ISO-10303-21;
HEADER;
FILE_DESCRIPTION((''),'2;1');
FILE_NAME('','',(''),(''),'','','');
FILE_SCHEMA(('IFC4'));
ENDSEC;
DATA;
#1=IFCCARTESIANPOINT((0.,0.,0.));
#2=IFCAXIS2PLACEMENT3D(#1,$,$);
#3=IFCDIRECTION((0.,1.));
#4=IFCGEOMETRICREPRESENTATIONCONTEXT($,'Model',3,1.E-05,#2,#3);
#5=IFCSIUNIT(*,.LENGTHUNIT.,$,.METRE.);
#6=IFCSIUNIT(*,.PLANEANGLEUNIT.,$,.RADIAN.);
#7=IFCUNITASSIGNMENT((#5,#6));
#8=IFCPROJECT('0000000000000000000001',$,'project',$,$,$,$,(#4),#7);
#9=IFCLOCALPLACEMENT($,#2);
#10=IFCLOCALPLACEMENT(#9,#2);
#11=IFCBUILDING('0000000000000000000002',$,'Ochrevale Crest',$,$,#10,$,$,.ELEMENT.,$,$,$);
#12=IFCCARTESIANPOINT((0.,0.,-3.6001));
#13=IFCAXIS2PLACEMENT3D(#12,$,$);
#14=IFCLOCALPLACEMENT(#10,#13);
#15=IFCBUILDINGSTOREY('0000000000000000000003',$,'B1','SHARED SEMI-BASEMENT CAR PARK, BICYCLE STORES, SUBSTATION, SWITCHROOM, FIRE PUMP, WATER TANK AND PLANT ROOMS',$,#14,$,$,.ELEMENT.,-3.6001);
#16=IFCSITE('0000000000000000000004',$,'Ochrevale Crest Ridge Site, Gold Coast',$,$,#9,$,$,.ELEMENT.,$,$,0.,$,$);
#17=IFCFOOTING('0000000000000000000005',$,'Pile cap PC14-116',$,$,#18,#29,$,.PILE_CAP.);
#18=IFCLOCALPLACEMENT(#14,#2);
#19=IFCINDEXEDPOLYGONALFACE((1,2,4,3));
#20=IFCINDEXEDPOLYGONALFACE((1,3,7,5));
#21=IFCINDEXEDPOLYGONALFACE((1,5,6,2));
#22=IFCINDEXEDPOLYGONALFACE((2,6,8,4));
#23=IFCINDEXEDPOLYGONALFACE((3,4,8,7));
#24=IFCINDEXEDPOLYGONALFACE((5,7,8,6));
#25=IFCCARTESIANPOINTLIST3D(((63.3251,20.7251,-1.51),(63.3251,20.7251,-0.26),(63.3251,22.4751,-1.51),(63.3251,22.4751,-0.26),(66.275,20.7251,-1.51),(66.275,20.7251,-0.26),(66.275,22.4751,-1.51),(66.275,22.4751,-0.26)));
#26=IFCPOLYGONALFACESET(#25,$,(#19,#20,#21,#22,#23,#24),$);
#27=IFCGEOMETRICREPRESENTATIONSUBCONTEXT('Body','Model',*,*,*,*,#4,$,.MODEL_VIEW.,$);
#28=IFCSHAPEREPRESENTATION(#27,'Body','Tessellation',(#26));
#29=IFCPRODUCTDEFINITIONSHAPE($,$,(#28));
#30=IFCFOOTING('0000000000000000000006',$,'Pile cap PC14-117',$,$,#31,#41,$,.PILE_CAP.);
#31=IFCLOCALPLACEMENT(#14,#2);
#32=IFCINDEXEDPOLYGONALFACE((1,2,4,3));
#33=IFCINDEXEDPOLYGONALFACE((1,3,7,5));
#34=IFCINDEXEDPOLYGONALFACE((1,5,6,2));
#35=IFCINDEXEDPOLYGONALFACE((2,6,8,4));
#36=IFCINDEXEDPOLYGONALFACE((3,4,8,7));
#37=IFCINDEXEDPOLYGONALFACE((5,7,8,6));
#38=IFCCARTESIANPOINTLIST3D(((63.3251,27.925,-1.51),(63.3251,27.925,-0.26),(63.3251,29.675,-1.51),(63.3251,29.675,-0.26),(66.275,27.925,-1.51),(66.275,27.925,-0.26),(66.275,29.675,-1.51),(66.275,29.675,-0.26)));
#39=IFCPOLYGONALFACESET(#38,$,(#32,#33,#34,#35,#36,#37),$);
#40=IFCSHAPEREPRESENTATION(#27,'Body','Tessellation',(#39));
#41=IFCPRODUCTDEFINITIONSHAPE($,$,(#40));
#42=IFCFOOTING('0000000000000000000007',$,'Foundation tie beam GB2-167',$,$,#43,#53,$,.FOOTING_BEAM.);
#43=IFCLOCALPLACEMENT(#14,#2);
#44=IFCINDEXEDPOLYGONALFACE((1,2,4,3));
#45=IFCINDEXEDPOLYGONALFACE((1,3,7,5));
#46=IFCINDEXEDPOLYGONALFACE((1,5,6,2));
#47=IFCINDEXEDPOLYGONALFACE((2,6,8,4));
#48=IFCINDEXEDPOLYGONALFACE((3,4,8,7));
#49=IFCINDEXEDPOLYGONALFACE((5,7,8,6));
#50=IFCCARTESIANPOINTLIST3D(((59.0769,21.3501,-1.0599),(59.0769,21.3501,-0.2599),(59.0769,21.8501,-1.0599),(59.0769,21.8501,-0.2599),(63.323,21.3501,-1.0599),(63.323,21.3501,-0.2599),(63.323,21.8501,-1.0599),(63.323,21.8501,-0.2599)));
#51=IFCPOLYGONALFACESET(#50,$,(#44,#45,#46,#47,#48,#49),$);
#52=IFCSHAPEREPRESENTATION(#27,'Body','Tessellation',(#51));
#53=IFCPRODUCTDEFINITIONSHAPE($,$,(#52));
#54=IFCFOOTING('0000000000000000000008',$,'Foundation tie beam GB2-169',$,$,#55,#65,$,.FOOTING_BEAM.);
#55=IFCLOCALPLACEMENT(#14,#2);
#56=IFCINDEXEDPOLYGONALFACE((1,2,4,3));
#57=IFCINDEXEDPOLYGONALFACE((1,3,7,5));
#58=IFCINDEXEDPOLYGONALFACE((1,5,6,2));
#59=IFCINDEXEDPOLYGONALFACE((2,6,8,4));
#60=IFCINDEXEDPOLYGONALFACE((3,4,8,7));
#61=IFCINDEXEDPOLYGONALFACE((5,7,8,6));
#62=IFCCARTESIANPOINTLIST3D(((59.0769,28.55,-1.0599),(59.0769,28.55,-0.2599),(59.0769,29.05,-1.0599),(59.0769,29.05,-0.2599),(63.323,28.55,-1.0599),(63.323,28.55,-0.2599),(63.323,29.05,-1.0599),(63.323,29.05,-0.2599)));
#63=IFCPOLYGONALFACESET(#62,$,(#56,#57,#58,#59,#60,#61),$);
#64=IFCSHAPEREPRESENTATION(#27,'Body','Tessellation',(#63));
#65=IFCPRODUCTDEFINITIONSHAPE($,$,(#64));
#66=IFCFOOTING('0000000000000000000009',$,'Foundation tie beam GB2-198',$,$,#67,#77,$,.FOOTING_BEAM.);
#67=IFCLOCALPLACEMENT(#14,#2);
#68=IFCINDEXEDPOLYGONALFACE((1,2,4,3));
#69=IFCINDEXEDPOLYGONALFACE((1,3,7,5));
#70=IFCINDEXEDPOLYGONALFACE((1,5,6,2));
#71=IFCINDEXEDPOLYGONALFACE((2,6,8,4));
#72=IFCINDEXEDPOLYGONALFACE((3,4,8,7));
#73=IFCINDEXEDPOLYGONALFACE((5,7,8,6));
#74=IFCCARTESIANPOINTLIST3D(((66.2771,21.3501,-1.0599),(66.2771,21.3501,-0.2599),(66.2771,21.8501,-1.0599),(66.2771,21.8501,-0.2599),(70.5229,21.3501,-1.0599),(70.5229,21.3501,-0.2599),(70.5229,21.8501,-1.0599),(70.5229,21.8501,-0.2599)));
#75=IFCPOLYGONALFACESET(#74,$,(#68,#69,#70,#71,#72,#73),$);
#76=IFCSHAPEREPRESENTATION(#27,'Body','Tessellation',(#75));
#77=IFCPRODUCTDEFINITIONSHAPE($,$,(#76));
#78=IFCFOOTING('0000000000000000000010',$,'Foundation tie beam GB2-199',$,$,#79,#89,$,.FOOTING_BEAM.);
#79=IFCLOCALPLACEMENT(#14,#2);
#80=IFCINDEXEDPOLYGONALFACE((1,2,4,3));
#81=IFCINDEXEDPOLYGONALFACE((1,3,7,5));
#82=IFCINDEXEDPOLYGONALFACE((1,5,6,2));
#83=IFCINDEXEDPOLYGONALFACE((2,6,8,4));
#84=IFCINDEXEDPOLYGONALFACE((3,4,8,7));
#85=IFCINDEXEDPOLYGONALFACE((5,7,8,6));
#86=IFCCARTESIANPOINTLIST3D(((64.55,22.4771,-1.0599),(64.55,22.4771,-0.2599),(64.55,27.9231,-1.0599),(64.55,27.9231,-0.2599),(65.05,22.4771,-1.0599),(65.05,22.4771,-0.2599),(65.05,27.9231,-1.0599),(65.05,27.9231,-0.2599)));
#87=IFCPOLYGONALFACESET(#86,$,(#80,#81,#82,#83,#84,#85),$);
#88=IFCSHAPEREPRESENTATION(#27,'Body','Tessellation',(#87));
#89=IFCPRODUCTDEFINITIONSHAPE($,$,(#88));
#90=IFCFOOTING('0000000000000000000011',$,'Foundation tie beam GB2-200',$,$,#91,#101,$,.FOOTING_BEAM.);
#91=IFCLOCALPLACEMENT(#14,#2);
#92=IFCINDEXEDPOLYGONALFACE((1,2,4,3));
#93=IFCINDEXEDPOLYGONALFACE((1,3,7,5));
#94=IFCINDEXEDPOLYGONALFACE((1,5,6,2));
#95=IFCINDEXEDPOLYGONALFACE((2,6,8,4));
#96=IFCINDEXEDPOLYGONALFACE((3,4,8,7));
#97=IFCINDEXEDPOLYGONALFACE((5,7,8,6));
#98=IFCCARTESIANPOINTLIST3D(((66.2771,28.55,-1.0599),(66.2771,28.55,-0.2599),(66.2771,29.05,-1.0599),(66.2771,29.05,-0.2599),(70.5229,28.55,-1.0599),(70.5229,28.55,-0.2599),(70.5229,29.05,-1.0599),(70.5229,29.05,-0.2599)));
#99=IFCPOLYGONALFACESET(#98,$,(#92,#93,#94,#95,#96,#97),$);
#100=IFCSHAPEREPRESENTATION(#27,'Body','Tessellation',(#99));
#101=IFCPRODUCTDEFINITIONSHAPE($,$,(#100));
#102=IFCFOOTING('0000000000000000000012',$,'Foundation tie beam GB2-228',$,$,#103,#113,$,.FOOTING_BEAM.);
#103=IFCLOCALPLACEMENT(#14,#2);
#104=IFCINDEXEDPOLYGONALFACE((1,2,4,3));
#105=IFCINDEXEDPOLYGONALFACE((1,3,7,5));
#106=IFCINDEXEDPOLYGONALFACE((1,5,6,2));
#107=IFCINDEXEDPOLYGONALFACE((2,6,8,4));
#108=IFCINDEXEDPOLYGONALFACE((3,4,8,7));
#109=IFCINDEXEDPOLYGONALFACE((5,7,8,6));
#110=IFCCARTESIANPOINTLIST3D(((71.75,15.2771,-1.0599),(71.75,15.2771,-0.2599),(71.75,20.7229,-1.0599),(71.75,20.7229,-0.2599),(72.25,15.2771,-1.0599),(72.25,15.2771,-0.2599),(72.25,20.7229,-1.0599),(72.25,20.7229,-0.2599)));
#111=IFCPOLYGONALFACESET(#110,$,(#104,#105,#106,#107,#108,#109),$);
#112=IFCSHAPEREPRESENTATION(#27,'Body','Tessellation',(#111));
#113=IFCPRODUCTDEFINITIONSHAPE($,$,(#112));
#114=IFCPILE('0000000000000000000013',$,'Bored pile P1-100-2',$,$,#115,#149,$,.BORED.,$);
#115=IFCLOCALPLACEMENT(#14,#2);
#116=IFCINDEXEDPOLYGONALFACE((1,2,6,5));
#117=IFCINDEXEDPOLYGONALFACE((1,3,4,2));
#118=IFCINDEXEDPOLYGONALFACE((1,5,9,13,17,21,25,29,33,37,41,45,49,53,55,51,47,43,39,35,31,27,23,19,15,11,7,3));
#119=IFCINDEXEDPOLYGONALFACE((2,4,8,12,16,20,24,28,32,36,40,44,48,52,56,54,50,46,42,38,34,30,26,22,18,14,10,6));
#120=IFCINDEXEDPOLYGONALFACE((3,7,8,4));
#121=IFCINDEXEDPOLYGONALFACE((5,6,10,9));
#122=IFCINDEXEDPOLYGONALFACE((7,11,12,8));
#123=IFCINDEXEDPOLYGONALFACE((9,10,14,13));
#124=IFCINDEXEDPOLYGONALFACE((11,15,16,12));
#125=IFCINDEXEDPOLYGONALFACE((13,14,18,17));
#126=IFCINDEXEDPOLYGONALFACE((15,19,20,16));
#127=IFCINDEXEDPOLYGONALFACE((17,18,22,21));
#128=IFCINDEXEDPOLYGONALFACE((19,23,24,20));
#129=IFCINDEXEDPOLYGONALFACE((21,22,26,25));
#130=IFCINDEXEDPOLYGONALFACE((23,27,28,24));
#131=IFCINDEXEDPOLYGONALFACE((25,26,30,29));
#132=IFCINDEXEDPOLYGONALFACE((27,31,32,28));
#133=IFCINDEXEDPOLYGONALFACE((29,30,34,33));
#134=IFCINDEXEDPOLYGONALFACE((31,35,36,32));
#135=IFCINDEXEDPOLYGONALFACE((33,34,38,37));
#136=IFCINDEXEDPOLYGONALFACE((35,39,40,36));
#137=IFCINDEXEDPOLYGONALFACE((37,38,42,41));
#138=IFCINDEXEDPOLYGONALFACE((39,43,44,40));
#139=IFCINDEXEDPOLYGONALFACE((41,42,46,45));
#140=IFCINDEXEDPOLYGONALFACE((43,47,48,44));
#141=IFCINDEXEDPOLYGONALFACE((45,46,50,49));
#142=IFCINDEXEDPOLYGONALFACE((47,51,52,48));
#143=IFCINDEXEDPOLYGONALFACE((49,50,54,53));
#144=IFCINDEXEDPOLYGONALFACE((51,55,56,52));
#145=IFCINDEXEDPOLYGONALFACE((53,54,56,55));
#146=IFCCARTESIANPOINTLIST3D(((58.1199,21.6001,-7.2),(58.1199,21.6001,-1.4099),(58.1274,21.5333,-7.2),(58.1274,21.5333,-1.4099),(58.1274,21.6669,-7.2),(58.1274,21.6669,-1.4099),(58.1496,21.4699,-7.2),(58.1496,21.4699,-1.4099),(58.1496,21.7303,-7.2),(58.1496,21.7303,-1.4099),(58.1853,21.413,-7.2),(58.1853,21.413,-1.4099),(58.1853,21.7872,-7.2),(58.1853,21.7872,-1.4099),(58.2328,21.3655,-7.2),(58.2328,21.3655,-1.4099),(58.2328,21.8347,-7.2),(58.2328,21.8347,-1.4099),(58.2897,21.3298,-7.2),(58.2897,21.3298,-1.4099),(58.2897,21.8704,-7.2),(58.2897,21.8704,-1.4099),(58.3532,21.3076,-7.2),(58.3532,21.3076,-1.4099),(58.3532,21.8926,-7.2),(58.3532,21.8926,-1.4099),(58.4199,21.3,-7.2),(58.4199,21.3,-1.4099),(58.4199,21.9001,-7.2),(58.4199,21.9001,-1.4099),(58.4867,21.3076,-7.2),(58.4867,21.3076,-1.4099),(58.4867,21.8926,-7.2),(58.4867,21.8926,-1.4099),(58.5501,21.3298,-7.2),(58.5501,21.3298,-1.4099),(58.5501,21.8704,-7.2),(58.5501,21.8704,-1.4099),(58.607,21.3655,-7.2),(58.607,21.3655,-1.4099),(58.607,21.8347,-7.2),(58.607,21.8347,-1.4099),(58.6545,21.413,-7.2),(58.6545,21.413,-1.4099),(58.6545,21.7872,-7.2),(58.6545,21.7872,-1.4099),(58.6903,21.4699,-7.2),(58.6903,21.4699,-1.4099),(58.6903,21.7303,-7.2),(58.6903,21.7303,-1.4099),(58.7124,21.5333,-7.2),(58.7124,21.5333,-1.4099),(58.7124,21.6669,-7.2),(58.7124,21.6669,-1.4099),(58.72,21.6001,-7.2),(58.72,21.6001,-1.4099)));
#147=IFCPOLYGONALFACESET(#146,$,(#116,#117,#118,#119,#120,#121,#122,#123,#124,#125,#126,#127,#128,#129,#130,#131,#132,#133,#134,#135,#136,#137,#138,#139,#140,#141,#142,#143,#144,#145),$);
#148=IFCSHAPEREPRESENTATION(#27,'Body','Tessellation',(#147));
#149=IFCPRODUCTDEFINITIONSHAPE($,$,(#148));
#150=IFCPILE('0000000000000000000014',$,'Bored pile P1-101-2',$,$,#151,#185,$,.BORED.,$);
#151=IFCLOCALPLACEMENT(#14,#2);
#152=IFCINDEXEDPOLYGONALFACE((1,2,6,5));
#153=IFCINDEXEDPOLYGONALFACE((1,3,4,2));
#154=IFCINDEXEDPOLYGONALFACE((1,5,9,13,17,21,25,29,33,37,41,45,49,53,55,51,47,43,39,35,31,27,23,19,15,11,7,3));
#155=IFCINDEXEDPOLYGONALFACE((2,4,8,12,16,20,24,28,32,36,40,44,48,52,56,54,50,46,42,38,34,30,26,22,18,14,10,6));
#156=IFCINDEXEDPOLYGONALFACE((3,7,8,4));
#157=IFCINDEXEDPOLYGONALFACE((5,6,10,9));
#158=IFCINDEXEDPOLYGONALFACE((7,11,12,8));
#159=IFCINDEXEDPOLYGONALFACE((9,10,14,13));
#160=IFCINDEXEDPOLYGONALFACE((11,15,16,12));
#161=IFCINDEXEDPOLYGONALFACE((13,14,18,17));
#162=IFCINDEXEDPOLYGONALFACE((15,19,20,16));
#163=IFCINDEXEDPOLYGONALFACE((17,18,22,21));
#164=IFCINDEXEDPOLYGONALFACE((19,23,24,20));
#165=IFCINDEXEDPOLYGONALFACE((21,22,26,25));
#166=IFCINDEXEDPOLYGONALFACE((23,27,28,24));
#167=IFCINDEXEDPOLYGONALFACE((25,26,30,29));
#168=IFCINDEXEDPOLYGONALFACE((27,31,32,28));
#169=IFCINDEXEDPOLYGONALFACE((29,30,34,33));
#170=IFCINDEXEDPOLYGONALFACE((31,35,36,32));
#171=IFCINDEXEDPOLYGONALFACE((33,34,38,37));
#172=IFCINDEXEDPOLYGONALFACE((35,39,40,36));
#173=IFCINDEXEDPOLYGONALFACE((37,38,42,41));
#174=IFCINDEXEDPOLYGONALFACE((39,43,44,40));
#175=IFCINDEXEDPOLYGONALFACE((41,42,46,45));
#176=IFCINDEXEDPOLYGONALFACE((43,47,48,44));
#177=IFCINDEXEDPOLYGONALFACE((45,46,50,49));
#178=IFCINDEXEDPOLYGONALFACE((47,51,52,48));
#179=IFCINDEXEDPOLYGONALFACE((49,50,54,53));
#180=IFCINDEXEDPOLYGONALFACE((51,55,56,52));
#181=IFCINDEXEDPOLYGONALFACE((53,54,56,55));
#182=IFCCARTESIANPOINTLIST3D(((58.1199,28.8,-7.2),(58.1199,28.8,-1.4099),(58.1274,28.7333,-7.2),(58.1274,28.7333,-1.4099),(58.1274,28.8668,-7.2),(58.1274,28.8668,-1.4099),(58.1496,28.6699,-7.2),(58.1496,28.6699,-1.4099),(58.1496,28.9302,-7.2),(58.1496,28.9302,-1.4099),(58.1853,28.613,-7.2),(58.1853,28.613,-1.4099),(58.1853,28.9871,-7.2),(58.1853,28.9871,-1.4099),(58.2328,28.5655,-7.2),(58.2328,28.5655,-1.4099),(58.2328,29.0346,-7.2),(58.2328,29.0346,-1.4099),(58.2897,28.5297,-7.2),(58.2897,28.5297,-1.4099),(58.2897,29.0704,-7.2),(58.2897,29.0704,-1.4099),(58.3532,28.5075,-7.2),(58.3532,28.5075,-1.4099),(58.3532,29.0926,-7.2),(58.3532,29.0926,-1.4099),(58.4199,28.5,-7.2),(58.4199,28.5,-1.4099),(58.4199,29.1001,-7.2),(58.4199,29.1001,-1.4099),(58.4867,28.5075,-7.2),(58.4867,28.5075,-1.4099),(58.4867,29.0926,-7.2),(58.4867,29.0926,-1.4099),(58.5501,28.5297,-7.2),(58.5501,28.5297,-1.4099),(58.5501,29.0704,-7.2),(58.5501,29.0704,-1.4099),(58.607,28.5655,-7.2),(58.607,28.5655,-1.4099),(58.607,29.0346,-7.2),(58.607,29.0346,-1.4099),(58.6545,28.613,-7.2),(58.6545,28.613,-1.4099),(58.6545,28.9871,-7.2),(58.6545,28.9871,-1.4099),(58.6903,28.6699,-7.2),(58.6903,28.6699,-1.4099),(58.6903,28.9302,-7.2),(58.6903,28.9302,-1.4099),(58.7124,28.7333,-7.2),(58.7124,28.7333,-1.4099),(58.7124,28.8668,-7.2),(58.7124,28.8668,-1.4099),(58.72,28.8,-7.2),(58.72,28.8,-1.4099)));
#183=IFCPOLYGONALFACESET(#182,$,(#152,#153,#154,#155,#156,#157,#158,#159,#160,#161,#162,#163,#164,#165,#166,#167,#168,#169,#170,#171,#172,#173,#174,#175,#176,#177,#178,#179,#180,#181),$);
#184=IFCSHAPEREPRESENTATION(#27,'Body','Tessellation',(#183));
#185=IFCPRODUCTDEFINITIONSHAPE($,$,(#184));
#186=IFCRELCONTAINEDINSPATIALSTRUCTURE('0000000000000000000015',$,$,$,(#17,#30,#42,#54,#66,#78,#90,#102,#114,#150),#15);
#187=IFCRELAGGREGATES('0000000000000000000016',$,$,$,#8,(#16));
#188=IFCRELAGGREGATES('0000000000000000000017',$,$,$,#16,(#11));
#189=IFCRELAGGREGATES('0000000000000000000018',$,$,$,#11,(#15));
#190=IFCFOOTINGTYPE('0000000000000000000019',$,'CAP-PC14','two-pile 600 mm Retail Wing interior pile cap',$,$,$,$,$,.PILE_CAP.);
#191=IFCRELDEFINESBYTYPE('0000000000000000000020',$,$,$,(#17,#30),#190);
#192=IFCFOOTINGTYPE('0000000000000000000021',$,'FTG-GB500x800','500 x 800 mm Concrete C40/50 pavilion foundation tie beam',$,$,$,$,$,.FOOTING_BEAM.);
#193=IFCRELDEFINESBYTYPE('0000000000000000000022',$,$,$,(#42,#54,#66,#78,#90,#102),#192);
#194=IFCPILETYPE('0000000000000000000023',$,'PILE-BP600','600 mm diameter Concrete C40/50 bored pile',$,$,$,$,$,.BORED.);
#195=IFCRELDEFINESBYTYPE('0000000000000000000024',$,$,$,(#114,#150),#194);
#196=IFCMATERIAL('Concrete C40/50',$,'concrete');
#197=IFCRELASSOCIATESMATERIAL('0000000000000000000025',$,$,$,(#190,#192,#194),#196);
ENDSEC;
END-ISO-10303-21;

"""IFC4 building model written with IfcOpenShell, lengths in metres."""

from ifc_helpers import new_model, si_unit, direction, frame, origin, origin_2d, place, context, subcontext, project, spatial, rectangle, circle, extrude, material, material_profile, profile_set, type_object, element, save


model = new_model("IFC4")

# Units and contexts
model_context = context("Model", 3, precision=1e-05, world=origin(), true_north=direction((0.0, 1.0)))
body_context = subcontext(model_context, "Body", "Model", "MODEL_VIEW")
ifc_project = project(units=[si_unit("LENGTHUNIT", "METRE"), si_unit("PLANEANGLEUNIT", "RADIAN")], contexts=[model_context])

# Site, building, storey
site_placement = place(None, origin())
site = spatial("IfcSite", under=ifc_project, at=site_placement, Name="Ochrevale Crest Ridge Site, Gold Coast", CompositionType="ELEMENT", RefElevation=0.0)
building_placement = place(site_placement, origin())
building = spatial("IfcBuilding", under=site, at=building_placement, Name="Ochrevale Crest", CompositionType="ELEMENT")
storey_placement = place(building_placement, frame((0.0, 0.0, -3.6001)))
storey = spatial("IfcBuildingStorey", under=building, at=storey_placement, Name="B1", Description="SHARED SEMI-BASEMENT CAR PARK, BICYCLE STORES, SUBSTATION, SWITCHROOM, FIRE PUMP, WATER TANK AND PLANT ROOMS", CompositionType="ELEMENT", Elevation=-3.6001)

# Footings
ifc_material_1 = material(Name="Concrete C40/50", Category="concrete")
footing_type_1 = type_object("IfcFootingType", Name="CAP-PC14", Description="two-pile 600 mm Retail Wing interior pile cap", PredefinedType="PILE_CAP", material=ifc_material_1)
for number, where, z_axis, x_axis, name in (
    (1, (64.8, 21.6001, -1.51), (0.0, 0.0, 1.0), (1.0, 0.0, 0.0), "Pile cap PC14-116"),
    (2, (64.8, 28.8, -1.51), (0.0, 0.0, 1.0), (1.0, 0.0, 0.0), "Pile cap PC14-117"),
):
    element("IfcFooting", number, at=place(storey_placement, frame(where, z_axis=z_axis, x_axis=x_axis)), inside=storey, type_object=footing_type_1, Name=name, PredefinedType="PILE_CAP", context=body_context, shape_type="SweptSolid", body=[
        extrude(rectangle(XDim=2.95, YDim=1.75, at=origin_2d()), origin(), (0.0, 0.0, 1.0), 1.25),
    ])
ifc_material_profile_1 = material_profile(ifc_material_1, rectangle(XDim=0.5, YDim=0.8, at=origin_2d()), Name="GB 500x800")
ifc_profile_set_1 = profile_set([ifc_material_profile_1], Name="Concrete C40/50")
footing_type_2 = type_object("IfcFootingType", Name="FTG-GB500x800", Description="500 x 800 mm Concrete C40/50 pavilion foundation tie beam", PredefinedType="FOOTING_BEAM", material=ifc_profile_set_1)
for number, where, z_axis, x_axis, name in (
    (3, (59.0769, 21.6001, -0.6599), (1.0, 0.0, 0.0), (0.0, 1.0, 0.0), "Foundation tie beam GB2-167"),
    (4, (59.0769, 28.8, -0.6599), (1.0, 0.0, 0.0), (0.0, 1.0, 0.0), "Foundation tie beam GB2-169"),
):
    element("IfcFooting", number, at=place(storey_placement, frame(where, z_axis=z_axis, x_axis=x_axis)), inside=storey, type_object=footing_type_2, Name=name, PredefinedType="FOOTING_BEAM", context=body_context, shape_type="SweptSolid", body=[
        extrude(rectangle(XDim=0.5, YDim=0.8, at=origin_2d()), origin(), (0.0, 0.0, 1.0), 4.2461),
    ])
footing_1_placement = place(storey_placement, frame((66.2771, 21.6001, -0.6599), z_axis=(1.0, 0.0, 0.0), x_axis=(0.0, 1.0, 0.0)))
element("IfcFooting", 5, at=footing_1_placement, inside=storey, type_object=footing_type_2, Name="Foundation tie beam GB2-198", PredefinedType="FOOTING_BEAM", context=body_context, shape_type="SweptSolid", body=[
    extrude(rectangle(XDim=0.5, YDim=0.8, at=origin_2d()), origin(), (0.0, 0.0, 1.0), 4.2458),
])
footing_2_placement = place(storey_placement, frame((64.8, 22.4771, -0.6599), z_axis=(0.0, 1.0, 0.0), x_axis=(-1.0, 0.0, 0.0)))
element("IfcFooting", 6, at=footing_2_placement, inside=storey, type_object=footing_type_2, Name="Foundation tie beam GB2-199", PredefinedType="FOOTING_BEAM", context=body_context, shape_type="SweptSolid", body=[
    extrude(rectangle(XDim=0.5, YDim=0.8, at=origin_2d()), origin(), (0.0, 0.0, 1.0), 5.446),
])
footing_3_placement = place(storey_placement, frame((66.2771, 28.8, -0.6599), z_axis=(1.0, 0.0, 0.0), x_axis=(0.0, 1.0, 0.0)))
element("IfcFooting", 7, at=footing_3_placement, inside=storey, type_object=footing_type_2, Name="Foundation tie beam GB2-200", PredefinedType="FOOTING_BEAM", context=body_context, shape_type="SweptSolid", body=[
    extrude(rectangle(XDim=0.5, YDim=0.8, at=origin_2d()), origin(), (0.0, 0.0, 1.0), 4.2458),
])
footing_4_placement = place(storey_placement, frame((72.0, 15.2771, -0.6599), z_axis=(0.0, 1.0, 0.0), x_axis=(-1.0, 0.0, 0.0)))
element("IfcFooting", 8, at=footing_4_placement, inside=storey, type_object=footing_type_2, Name="Foundation tie beam GB2-228", PredefinedType="FOOTING_BEAM", context=body_context, shape_type="SweptSolid", body=[
    extrude(rectangle(XDim=0.5, YDim=0.8, at=origin_2d()), origin(), (0.0, 0.0, 1.0), 5.4458),
])

# Piles
ifc_material_profile_2 = material_profile(ifc_material_1, circle(Radius=0.3, at=origin_2d()), Name="BORED PILE 600")
ifc_profile_set_2 = profile_set([ifc_material_profile_2], Name="Concrete C40/50")
pile_type = type_object("IfcPileType", Name="PILE-BP600", Description="600 mm diameter Concrete C40/50 bored pile", PredefinedType="BORED", material=ifc_profile_set_2)
for number, where, z_axis, x_axis, name in (
    (9, (58.4199, 21.6001, -1.4099), (0.0, 0.0, -1.0), (1.0, 0.0, 0.0), "Bored pile P1-100-2"),
    (10, (58.4199, 28.8, -1.4099), (0.0, 0.0, -1.0), (1.0, 0.0, 0.0), "Bored pile P1-101-2"),
):
    element("IfcPile", number, at=place(storey_placement, frame(where, z_axis=z_axis, x_axis=x_axis)), inside=storey, type_object=pile_type, Name=name, PredefinedType="BORED", context=body_context, shape_type="SweptSolid", body=[
        extrude(circle(Radius=0.3, at=origin_2d()), origin(), (0.0, 0.0, 1.0), 5.79),
    ])

save(model, "model.ifc")
